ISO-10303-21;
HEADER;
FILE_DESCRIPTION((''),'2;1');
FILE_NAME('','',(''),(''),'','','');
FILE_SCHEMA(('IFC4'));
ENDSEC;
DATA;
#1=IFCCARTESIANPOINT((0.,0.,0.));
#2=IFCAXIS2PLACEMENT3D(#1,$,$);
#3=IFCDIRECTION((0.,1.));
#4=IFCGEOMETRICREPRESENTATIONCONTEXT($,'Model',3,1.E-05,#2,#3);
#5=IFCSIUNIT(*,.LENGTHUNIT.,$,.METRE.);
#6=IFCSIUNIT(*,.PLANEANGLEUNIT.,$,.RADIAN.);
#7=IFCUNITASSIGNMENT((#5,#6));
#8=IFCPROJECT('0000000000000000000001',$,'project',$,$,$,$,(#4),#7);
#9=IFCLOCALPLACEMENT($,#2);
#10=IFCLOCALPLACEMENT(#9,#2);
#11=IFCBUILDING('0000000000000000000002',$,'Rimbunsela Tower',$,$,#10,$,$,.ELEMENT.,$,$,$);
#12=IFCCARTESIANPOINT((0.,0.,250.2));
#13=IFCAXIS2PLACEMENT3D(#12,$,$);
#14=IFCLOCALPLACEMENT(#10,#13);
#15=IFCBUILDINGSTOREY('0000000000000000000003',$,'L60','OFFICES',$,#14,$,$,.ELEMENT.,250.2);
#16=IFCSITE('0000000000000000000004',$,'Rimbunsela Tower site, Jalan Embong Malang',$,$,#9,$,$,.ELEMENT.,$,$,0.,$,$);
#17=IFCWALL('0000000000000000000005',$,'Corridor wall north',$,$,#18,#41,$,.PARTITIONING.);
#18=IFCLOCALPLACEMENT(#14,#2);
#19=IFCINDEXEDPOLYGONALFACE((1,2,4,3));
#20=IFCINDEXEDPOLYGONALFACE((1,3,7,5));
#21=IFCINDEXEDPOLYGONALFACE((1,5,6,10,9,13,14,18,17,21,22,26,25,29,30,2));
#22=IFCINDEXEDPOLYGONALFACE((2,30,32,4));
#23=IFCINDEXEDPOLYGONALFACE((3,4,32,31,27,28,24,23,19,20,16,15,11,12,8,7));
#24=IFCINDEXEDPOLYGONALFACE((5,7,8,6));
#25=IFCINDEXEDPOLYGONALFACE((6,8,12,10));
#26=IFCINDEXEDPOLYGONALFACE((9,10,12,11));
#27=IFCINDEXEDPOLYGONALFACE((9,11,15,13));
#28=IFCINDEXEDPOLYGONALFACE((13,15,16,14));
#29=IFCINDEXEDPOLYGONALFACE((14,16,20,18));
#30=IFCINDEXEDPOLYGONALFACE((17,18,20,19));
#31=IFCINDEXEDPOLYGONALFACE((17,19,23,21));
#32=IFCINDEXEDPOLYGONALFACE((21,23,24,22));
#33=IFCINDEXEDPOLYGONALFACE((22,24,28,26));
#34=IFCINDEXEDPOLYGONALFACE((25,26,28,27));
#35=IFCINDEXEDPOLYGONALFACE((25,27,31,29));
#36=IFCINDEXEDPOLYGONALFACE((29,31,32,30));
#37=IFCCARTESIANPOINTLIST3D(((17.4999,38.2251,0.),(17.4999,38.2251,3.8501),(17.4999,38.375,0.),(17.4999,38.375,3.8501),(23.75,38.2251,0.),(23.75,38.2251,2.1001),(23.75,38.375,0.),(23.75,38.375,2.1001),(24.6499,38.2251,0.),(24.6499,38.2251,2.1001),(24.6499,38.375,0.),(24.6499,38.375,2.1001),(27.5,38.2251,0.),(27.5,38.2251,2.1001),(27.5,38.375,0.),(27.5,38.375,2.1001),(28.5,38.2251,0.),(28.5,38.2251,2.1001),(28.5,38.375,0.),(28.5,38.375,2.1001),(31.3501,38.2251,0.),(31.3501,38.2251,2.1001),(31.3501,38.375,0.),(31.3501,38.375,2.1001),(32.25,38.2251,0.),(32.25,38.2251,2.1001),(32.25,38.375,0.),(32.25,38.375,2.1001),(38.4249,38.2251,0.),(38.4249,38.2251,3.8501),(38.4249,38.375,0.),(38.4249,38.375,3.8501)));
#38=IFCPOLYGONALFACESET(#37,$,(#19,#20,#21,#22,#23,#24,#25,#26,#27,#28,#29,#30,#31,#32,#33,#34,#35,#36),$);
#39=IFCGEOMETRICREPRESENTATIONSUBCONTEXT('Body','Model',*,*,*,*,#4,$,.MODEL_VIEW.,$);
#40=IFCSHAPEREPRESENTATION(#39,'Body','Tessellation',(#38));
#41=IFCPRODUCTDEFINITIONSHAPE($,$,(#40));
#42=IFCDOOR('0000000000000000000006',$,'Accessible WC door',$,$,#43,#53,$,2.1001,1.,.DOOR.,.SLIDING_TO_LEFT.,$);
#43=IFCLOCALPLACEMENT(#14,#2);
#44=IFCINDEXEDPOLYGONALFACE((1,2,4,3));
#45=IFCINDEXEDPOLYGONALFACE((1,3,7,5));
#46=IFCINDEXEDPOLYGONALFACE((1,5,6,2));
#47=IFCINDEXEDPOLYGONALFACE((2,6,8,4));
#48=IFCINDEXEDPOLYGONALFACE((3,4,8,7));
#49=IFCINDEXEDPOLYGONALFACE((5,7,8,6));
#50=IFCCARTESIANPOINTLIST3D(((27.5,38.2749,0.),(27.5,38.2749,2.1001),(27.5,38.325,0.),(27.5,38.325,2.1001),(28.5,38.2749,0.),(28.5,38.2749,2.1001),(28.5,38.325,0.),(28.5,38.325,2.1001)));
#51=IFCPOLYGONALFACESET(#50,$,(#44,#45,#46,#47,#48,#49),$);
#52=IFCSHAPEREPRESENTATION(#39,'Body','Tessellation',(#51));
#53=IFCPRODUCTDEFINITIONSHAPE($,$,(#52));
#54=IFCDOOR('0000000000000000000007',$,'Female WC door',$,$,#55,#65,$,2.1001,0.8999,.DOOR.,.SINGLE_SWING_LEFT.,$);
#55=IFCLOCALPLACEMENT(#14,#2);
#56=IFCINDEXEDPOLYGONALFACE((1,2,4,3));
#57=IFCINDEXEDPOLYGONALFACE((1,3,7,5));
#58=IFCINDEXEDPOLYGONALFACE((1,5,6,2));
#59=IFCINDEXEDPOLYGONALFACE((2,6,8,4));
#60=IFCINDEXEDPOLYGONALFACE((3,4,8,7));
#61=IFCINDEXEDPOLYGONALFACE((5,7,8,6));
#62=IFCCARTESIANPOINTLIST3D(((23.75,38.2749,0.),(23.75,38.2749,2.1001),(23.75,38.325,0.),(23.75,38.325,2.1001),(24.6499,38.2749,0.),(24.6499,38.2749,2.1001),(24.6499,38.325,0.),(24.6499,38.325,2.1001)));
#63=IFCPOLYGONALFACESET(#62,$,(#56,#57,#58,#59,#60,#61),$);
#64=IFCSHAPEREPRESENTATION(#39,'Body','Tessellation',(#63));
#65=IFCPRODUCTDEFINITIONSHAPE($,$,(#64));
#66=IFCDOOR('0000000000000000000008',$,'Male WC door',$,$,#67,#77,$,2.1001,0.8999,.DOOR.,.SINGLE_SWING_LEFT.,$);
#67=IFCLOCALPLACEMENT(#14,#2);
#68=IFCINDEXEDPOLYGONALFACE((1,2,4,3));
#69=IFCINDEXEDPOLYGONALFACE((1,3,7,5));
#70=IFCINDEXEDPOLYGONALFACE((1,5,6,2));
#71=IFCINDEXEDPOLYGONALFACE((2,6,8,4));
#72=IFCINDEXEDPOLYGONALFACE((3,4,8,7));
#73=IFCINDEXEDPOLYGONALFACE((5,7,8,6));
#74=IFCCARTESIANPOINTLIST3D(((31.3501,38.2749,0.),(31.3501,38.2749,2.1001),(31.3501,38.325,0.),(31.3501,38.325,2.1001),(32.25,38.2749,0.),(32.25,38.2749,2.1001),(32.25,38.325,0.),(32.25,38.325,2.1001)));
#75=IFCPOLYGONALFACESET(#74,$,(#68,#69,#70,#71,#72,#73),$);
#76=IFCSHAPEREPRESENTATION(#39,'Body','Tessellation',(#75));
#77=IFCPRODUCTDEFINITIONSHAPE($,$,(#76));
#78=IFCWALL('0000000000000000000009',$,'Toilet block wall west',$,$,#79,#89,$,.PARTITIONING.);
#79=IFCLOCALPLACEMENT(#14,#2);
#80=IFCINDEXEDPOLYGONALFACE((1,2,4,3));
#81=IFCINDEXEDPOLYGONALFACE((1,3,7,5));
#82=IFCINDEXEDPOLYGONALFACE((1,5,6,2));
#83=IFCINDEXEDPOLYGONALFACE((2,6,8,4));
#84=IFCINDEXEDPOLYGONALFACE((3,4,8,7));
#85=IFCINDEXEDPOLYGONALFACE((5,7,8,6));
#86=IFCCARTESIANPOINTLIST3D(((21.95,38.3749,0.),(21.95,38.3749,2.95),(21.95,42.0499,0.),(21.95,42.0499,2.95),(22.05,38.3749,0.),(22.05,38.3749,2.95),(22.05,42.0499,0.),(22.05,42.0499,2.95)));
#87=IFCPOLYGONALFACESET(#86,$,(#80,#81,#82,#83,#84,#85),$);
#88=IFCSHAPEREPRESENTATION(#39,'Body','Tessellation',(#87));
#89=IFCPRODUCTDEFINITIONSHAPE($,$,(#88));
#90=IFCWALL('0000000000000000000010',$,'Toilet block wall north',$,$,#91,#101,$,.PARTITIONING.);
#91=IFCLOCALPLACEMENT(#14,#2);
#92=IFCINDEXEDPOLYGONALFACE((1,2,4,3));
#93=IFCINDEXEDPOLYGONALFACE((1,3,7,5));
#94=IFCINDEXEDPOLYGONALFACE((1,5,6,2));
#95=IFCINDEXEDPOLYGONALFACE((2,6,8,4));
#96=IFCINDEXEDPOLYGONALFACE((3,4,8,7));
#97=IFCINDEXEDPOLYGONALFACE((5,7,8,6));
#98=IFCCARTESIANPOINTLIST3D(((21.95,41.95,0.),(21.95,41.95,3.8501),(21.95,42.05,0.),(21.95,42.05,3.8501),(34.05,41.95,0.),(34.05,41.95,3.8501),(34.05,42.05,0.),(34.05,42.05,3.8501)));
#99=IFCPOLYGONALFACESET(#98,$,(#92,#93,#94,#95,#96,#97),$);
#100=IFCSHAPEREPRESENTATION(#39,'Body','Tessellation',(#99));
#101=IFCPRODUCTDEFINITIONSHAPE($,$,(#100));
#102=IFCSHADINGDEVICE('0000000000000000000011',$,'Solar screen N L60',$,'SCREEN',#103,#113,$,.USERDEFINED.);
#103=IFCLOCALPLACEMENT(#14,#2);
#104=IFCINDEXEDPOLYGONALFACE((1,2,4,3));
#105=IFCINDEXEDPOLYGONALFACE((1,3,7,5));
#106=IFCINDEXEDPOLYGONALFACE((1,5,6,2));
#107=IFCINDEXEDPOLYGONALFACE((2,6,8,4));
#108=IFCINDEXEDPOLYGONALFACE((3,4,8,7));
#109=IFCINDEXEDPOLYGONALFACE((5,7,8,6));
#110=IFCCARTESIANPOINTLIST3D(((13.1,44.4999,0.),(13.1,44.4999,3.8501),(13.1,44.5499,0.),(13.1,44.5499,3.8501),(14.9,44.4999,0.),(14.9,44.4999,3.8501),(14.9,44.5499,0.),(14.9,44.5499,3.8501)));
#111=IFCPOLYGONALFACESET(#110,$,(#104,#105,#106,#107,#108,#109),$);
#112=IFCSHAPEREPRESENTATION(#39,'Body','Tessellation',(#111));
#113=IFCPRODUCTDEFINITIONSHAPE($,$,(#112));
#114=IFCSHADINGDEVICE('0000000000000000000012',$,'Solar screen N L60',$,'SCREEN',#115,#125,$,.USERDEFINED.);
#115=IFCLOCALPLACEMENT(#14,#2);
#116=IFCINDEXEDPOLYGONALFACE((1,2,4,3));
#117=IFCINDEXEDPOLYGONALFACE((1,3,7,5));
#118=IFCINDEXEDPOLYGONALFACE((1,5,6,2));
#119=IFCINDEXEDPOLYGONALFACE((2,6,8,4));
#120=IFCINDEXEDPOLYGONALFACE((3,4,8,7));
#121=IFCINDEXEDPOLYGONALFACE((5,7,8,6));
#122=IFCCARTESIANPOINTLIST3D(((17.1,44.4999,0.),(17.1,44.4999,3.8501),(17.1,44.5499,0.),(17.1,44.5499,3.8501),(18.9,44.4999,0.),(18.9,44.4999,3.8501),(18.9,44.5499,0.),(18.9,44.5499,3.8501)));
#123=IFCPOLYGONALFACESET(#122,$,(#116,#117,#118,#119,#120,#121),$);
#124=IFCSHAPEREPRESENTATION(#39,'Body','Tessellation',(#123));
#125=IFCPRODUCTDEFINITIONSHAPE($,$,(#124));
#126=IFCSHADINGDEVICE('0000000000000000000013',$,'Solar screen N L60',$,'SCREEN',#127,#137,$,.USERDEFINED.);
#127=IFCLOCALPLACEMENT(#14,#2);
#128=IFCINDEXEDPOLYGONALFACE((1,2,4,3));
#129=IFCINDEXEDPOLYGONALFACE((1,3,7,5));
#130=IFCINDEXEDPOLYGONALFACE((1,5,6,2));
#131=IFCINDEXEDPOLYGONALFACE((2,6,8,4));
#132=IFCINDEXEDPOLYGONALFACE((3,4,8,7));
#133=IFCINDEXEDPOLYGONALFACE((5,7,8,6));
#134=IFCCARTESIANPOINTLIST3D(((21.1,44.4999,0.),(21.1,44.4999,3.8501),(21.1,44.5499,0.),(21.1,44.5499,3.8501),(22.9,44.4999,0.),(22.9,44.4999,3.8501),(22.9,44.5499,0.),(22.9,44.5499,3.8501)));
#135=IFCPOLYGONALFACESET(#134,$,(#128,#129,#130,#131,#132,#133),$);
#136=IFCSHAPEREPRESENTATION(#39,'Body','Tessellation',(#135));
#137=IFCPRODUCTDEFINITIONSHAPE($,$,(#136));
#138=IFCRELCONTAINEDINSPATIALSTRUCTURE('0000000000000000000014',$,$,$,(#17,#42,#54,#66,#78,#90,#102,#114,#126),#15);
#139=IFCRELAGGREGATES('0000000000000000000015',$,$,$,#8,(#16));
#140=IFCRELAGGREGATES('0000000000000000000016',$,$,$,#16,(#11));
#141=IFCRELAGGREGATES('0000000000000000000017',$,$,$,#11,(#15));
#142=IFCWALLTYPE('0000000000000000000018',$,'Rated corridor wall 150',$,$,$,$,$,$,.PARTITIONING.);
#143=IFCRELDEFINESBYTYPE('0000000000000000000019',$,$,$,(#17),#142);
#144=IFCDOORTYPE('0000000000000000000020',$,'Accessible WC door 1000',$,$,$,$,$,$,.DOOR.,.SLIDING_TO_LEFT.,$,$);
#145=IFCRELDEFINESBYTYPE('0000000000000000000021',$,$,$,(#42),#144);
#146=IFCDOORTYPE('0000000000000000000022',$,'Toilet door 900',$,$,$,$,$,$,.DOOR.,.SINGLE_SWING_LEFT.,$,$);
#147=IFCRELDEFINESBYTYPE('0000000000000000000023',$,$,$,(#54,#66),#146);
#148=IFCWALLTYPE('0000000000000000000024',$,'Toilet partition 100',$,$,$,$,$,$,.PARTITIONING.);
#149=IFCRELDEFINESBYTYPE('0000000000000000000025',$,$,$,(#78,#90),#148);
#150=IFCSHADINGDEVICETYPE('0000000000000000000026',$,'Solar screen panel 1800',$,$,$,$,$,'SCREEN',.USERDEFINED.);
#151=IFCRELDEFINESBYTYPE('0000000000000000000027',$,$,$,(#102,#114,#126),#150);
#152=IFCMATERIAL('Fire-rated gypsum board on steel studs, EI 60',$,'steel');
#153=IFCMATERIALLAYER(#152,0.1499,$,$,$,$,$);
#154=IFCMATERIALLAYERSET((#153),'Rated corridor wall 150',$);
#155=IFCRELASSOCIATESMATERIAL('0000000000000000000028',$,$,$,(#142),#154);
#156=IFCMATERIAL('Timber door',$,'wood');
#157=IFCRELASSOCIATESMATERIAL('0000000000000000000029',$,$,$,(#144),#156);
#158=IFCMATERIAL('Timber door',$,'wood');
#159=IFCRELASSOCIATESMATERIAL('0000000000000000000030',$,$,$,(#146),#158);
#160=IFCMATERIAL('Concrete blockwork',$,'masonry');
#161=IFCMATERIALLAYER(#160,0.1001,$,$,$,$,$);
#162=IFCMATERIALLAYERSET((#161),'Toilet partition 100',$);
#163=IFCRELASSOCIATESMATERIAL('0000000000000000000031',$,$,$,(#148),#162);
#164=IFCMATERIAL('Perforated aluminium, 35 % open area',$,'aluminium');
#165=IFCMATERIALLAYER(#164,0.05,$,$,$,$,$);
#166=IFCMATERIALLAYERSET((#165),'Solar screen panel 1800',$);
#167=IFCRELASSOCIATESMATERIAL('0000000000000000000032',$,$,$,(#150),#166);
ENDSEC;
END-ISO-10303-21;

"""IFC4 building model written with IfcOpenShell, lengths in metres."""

from ifc_helpers import new_model, si_unit, direction, frame, frame_2d, origin, origin_2d, place, context, subcontext, project, spatial, rectangle, extrude, material, layer, layer_set, type_object, element, fill, save


model = new_model("IFC4")

# Units and contexts
model_context = context("Model", 3, precision=1e-05, world=origin(), true_north=direction((0.0, 1.0)))
body_context = subcontext(model_context, "Body", "Model", "MODEL_VIEW")
ifc_project = project(units=[si_unit("LENGTHUNIT", "METRE"), si_unit("PLANEANGLEUNIT", "RADIAN")], contexts=[model_context])

# Site, building, storey
site_placement = place(None, origin())
site = spatial("IfcSite", under=ifc_project, at=site_placement, Name="Rimbunsela Tower site, Jalan Embong Malang", CompositionType="ELEMENT", RefElevation=0.0)
building_placement = place(site_placement, origin())
building = spatial("IfcBuilding", under=site, at=building_placement, Name="Rimbunsela Tower", CompositionType="ELEMENT")
storey_placement = place(building_placement, frame((0.0, 0.0, 250.2)))
storey = spatial("IfcBuildingStorey", under=building, at=storey_placement, Name="L60", Description="OFFICES", CompositionType="ELEMENT", Elevation=250.2)

# Shared definitions
ifc_material_1 = material(Name="Fire-rated gypsum board on steel studs, EI 60", Category="steel")
ifc_layer_1 = layer(ifc_material_1, 0.1499)
ifc_layer_set_1 = layer_set([ifc_layer_1], Name="Rated corridor wall 150")
wall_type_1 = type_object("IfcWallType", Name="Rated corridor wall 150", PredefinedType="PARTITIONING", material=ifc_layer_set_1)

# Wall, openings, doors
wall_1_placement = place(storey_placement, frame((17.5, 38.3, 0.0), z_axis=(0.0, 0.0, 1.0), x_axis=(1.0, 0.0, 0.0)))
wall_1 = element("IfcWall", 1, at=wall_1_placement, inside=storey, type_object=wall_type_1, Name="Corridor wall north", PredefinedType="PARTITIONING", context=body_context, shape_type="SweptSolid", body=[
    extrude(rectangle(XDim=20.925, YDim=0.1499, at=frame_2d((10.4624, 0.0))), origin(), (0.0, 0.0, 1.0), 3.8501),
])
opening_1_placement = place(wall_1_placement, frame((6.25, 0.0, 0.0)))
opening_1 = element("IfcOpeningElement", 2, at=opening_1_placement, cuts=wall_1, PredefinedType="OPENING", context=body_context, shape_type="SweptSolid", body=[
    extrude(rectangle(XDim=0.8999, YDim=2.1001, at=frame_2d((0.45, 1.05))), frame((0.0, 0.085, 0.0), z_axis=(0.0, -1.0, 0.0), x_axis=(1.0, 0.0, 0.0)), (0.0, 0.0, 1.0), 0.1699),
])
opening_2_placement = place(wall_1_placement, frame((10.0, 0.0, 0.0)))
opening_2 = element("IfcOpeningElement", 3, at=opening_2_placement, cuts=wall_1, PredefinedType="OPENING", context=body_context, shape_type="SweptSolid", body=[
    extrude(rectangle(XDim=1.0, YDim=2.1001, at=frame_2d((0.5, 1.05))), frame((0.0, 0.085, 0.0), z_axis=(0.0, -1.0, 0.0), x_axis=(1.0, 0.0, 0.0)), (0.0, 0.0, 1.0), 0.1699),
])
opening_3_placement = place(wall_1_placement, frame((13.8501, 0.0, 0.0)))
opening_3 = element("IfcOpeningElement", 4, at=opening_3_placement, cuts=wall_1, PredefinedType="OPENING", context=body_context, shape_type="SweptSolid", body=[
    extrude(rectangle(XDim=0.8999, YDim=2.1001, at=frame_2d((0.45, 1.05))), frame((0.0, 0.085, 0.0), z_axis=(0.0, -1.0, 0.0), x_axis=(1.0, 0.0, 0.0)), (0.0, 0.0, 1.0), 0.1699),
])
ifc_material_2 = material(Name="Timber door", Category="wood")
door_type_1 = type_object("IfcDoorType", Name="Accessible WC door 1000", OperationType="SLIDING_TO_LEFT", PredefinedType="DOOR", material=ifc_material_2)
door_1_placement = place(opening_2_placement, origin())
door_1 = element("IfcDoor", 5, at=door_1_placement, inside=storey, type_object=door_type_1, Name="Accessible WC door", OperationType="SLIDING_TO_LEFT", OverallHeight=2.1001, OverallWidth=1.0, PredefinedType="DOOR", context=body_context, shape_type="SweptSolid", body=[
    extrude(rectangle(XDim=1.0, YDim=2.1001, at=frame_2d((0.5, 1.05))), frame((0.0, 0.0249, 0.0), z_axis=(0.0, -1.0, 0.0), x_axis=(1.0, 0.0, 0.0)), (0.0, 0.0, 1.0), 0.05),
])
fill(opening_2, door_1)
ifc_material_3 = material(Name="Timber door", Category="wood")
door_type_2 = type_object("IfcDoorType", Name="Toilet door 900", OperationType="SINGLE_SWING_LEFT", PredefinedType="DOOR", material=ifc_material_3)
door_2_placement = place(opening_1_placement, origin())
door_2 = element("IfcDoor", 6, at=door_2_placement, inside=storey, type_object=door_type_2, Name="Female WC door", OperationType="SINGLE_SWING_LEFT", OverallHeight=2.1001, OverallWidth=0.8999, PredefinedType="DOOR", context=body_context, shape_type="SweptSolid", body=[
    extrude(rectangle(XDim=0.8999, YDim=2.1001, at=frame_2d((0.45, 1.05))), frame((0.0, 0.0249, 0.0), z_axis=(0.0, -1.0, 0.0), x_axis=(1.0, 0.0, 0.0)), (0.0, 0.0, 1.0), 0.05),
])
fill(opening_1, door_2)
door_3_placement = place(opening_3_placement, origin())
door_3 = element("IfcDoor", 7, at=door_3_placement, inside=storey, type_object=door_type_2, Name="Male WC door", OperationType="SINGLE_SWING_LEFT", OverallHeight=2.1001, OverallWidth=0.8999, PredefinedType="DOOR", context=body_context, shape_type="SweptSolid", body=[
    extrude(rectangle(XDim=0.8999, YDim=2.1001, at=frame_2d((0.45, 1.05))), frame((0.0, 0.0249, 0.0), z_axis=(0.0, -1.0, 0.0), x_axis=(1.0, 0.0, 0.0)), (0.0, 0.0, 1.0), 0.05),
])
fill(opening_3, door_3)

# Walls
ifc_material_4 = material(Name="Concrete blockwork", Category="masonry")
ifc_layer_2 = layer(ifc_material_4, 0.1001)
ifc_layer_set_2 = layer_set([ifc_layer_2], Name="Toilet partition 100")
wall_type_2 = type_object("IfcWallType", Name="Toilet partition 100", PredefinedType="PARTITIONING", material=ifc_layer_set_2)
wall_2_placement = place(storey_placement, frame((22.0, 38.375, 0.0), z_axis=(0.0, 0.0, 1.0), x_axis=(0.0, 1.0, 0.0)))
element("IfcWall", 8, at=wall_2_placement, inside=storey, type_object=wall_type_2, Name="Toilet block wall west", PredefinedType="PARTITIONING", context=body_context, shape_type="SweptSolid", body=[
    extrude(rectangle(XDim=3.675, YDim=0.1001, at=frame_2d((1.8374, 0.0))), origin(), (0.0, 0.0, 1.0), 2.95),
])
wall_3_placement = place(storey_placement, frame((21.95, 42.0, 0.0), z_axis=(0.0, 0.0, 1.0), x_axis=(1.0, 0.0, 0.0)))
element("IfcWall", 9, at=wall_3_placement, inside=storey, type_object=wall_type_2, Name="Toilet block wall north", PredefinedType="PARTITIONING", context=body_context, shape_type="SweptSolid", body=[
    extrude(rectangle(XDim=12.1001, YDim=0.1001, at=frame_2d((6.05, 0.0))), origin(), (0.0, 0.0, 1.0), 3.8501),
])

# Shading devices
ifc_material_5 = material(Name="Perforated aluminium, 35 % open area", Category="aluminium")
ifc_layer_3 = layer(ifc_material_5, 0.05)
ifc_layer_set_3 = layer_set([ifc_layer_3], Name="Solar screen panel 1800")
shading_device_type = type_object("IfcShadingDeviceType", Name="Solar screen panel 1800", ElementType="SCREEN", PredefinedType="USERDEFINED", material=ifc_layer_set_3)
for number, where, z_axis, x_axis, name in (
    (10, (14.0, 44.5249, 0.0), (0.0, 0.0, 1.0), (1.0, 0.0, 0.0), "Solar screen N L60"),
    (11, (18.0, 44.5249, 0.0), (0.0, 0.0, 1.0), (1.0, 0.0, 0.0), "Solar screen N L60"),
    (12, (22.0, 44.5249, 0.0), (0.0, 0.0, 1.0), (1.0, 0.0, 0.0), "Solar screen N L60"),
):
    element("IfcShadingDevice", number, at=place(storey_placement, frame(where, z_axis=z_axis, x_axis=x_axis)), inside=storey, type_object=shading_device_type, Name=name, ObjectType="SCREEN", PredefinedType="USERDEFINED", context=body_context, shape_type="SweptSolid", body=[
        extrude(rectangle(XDim=1.8, YDim=0.05, at=origin_2d()), origin(), (0.0, 0.0, 1.0), 3.8501),
    ])

save(model, "model.ifc")
